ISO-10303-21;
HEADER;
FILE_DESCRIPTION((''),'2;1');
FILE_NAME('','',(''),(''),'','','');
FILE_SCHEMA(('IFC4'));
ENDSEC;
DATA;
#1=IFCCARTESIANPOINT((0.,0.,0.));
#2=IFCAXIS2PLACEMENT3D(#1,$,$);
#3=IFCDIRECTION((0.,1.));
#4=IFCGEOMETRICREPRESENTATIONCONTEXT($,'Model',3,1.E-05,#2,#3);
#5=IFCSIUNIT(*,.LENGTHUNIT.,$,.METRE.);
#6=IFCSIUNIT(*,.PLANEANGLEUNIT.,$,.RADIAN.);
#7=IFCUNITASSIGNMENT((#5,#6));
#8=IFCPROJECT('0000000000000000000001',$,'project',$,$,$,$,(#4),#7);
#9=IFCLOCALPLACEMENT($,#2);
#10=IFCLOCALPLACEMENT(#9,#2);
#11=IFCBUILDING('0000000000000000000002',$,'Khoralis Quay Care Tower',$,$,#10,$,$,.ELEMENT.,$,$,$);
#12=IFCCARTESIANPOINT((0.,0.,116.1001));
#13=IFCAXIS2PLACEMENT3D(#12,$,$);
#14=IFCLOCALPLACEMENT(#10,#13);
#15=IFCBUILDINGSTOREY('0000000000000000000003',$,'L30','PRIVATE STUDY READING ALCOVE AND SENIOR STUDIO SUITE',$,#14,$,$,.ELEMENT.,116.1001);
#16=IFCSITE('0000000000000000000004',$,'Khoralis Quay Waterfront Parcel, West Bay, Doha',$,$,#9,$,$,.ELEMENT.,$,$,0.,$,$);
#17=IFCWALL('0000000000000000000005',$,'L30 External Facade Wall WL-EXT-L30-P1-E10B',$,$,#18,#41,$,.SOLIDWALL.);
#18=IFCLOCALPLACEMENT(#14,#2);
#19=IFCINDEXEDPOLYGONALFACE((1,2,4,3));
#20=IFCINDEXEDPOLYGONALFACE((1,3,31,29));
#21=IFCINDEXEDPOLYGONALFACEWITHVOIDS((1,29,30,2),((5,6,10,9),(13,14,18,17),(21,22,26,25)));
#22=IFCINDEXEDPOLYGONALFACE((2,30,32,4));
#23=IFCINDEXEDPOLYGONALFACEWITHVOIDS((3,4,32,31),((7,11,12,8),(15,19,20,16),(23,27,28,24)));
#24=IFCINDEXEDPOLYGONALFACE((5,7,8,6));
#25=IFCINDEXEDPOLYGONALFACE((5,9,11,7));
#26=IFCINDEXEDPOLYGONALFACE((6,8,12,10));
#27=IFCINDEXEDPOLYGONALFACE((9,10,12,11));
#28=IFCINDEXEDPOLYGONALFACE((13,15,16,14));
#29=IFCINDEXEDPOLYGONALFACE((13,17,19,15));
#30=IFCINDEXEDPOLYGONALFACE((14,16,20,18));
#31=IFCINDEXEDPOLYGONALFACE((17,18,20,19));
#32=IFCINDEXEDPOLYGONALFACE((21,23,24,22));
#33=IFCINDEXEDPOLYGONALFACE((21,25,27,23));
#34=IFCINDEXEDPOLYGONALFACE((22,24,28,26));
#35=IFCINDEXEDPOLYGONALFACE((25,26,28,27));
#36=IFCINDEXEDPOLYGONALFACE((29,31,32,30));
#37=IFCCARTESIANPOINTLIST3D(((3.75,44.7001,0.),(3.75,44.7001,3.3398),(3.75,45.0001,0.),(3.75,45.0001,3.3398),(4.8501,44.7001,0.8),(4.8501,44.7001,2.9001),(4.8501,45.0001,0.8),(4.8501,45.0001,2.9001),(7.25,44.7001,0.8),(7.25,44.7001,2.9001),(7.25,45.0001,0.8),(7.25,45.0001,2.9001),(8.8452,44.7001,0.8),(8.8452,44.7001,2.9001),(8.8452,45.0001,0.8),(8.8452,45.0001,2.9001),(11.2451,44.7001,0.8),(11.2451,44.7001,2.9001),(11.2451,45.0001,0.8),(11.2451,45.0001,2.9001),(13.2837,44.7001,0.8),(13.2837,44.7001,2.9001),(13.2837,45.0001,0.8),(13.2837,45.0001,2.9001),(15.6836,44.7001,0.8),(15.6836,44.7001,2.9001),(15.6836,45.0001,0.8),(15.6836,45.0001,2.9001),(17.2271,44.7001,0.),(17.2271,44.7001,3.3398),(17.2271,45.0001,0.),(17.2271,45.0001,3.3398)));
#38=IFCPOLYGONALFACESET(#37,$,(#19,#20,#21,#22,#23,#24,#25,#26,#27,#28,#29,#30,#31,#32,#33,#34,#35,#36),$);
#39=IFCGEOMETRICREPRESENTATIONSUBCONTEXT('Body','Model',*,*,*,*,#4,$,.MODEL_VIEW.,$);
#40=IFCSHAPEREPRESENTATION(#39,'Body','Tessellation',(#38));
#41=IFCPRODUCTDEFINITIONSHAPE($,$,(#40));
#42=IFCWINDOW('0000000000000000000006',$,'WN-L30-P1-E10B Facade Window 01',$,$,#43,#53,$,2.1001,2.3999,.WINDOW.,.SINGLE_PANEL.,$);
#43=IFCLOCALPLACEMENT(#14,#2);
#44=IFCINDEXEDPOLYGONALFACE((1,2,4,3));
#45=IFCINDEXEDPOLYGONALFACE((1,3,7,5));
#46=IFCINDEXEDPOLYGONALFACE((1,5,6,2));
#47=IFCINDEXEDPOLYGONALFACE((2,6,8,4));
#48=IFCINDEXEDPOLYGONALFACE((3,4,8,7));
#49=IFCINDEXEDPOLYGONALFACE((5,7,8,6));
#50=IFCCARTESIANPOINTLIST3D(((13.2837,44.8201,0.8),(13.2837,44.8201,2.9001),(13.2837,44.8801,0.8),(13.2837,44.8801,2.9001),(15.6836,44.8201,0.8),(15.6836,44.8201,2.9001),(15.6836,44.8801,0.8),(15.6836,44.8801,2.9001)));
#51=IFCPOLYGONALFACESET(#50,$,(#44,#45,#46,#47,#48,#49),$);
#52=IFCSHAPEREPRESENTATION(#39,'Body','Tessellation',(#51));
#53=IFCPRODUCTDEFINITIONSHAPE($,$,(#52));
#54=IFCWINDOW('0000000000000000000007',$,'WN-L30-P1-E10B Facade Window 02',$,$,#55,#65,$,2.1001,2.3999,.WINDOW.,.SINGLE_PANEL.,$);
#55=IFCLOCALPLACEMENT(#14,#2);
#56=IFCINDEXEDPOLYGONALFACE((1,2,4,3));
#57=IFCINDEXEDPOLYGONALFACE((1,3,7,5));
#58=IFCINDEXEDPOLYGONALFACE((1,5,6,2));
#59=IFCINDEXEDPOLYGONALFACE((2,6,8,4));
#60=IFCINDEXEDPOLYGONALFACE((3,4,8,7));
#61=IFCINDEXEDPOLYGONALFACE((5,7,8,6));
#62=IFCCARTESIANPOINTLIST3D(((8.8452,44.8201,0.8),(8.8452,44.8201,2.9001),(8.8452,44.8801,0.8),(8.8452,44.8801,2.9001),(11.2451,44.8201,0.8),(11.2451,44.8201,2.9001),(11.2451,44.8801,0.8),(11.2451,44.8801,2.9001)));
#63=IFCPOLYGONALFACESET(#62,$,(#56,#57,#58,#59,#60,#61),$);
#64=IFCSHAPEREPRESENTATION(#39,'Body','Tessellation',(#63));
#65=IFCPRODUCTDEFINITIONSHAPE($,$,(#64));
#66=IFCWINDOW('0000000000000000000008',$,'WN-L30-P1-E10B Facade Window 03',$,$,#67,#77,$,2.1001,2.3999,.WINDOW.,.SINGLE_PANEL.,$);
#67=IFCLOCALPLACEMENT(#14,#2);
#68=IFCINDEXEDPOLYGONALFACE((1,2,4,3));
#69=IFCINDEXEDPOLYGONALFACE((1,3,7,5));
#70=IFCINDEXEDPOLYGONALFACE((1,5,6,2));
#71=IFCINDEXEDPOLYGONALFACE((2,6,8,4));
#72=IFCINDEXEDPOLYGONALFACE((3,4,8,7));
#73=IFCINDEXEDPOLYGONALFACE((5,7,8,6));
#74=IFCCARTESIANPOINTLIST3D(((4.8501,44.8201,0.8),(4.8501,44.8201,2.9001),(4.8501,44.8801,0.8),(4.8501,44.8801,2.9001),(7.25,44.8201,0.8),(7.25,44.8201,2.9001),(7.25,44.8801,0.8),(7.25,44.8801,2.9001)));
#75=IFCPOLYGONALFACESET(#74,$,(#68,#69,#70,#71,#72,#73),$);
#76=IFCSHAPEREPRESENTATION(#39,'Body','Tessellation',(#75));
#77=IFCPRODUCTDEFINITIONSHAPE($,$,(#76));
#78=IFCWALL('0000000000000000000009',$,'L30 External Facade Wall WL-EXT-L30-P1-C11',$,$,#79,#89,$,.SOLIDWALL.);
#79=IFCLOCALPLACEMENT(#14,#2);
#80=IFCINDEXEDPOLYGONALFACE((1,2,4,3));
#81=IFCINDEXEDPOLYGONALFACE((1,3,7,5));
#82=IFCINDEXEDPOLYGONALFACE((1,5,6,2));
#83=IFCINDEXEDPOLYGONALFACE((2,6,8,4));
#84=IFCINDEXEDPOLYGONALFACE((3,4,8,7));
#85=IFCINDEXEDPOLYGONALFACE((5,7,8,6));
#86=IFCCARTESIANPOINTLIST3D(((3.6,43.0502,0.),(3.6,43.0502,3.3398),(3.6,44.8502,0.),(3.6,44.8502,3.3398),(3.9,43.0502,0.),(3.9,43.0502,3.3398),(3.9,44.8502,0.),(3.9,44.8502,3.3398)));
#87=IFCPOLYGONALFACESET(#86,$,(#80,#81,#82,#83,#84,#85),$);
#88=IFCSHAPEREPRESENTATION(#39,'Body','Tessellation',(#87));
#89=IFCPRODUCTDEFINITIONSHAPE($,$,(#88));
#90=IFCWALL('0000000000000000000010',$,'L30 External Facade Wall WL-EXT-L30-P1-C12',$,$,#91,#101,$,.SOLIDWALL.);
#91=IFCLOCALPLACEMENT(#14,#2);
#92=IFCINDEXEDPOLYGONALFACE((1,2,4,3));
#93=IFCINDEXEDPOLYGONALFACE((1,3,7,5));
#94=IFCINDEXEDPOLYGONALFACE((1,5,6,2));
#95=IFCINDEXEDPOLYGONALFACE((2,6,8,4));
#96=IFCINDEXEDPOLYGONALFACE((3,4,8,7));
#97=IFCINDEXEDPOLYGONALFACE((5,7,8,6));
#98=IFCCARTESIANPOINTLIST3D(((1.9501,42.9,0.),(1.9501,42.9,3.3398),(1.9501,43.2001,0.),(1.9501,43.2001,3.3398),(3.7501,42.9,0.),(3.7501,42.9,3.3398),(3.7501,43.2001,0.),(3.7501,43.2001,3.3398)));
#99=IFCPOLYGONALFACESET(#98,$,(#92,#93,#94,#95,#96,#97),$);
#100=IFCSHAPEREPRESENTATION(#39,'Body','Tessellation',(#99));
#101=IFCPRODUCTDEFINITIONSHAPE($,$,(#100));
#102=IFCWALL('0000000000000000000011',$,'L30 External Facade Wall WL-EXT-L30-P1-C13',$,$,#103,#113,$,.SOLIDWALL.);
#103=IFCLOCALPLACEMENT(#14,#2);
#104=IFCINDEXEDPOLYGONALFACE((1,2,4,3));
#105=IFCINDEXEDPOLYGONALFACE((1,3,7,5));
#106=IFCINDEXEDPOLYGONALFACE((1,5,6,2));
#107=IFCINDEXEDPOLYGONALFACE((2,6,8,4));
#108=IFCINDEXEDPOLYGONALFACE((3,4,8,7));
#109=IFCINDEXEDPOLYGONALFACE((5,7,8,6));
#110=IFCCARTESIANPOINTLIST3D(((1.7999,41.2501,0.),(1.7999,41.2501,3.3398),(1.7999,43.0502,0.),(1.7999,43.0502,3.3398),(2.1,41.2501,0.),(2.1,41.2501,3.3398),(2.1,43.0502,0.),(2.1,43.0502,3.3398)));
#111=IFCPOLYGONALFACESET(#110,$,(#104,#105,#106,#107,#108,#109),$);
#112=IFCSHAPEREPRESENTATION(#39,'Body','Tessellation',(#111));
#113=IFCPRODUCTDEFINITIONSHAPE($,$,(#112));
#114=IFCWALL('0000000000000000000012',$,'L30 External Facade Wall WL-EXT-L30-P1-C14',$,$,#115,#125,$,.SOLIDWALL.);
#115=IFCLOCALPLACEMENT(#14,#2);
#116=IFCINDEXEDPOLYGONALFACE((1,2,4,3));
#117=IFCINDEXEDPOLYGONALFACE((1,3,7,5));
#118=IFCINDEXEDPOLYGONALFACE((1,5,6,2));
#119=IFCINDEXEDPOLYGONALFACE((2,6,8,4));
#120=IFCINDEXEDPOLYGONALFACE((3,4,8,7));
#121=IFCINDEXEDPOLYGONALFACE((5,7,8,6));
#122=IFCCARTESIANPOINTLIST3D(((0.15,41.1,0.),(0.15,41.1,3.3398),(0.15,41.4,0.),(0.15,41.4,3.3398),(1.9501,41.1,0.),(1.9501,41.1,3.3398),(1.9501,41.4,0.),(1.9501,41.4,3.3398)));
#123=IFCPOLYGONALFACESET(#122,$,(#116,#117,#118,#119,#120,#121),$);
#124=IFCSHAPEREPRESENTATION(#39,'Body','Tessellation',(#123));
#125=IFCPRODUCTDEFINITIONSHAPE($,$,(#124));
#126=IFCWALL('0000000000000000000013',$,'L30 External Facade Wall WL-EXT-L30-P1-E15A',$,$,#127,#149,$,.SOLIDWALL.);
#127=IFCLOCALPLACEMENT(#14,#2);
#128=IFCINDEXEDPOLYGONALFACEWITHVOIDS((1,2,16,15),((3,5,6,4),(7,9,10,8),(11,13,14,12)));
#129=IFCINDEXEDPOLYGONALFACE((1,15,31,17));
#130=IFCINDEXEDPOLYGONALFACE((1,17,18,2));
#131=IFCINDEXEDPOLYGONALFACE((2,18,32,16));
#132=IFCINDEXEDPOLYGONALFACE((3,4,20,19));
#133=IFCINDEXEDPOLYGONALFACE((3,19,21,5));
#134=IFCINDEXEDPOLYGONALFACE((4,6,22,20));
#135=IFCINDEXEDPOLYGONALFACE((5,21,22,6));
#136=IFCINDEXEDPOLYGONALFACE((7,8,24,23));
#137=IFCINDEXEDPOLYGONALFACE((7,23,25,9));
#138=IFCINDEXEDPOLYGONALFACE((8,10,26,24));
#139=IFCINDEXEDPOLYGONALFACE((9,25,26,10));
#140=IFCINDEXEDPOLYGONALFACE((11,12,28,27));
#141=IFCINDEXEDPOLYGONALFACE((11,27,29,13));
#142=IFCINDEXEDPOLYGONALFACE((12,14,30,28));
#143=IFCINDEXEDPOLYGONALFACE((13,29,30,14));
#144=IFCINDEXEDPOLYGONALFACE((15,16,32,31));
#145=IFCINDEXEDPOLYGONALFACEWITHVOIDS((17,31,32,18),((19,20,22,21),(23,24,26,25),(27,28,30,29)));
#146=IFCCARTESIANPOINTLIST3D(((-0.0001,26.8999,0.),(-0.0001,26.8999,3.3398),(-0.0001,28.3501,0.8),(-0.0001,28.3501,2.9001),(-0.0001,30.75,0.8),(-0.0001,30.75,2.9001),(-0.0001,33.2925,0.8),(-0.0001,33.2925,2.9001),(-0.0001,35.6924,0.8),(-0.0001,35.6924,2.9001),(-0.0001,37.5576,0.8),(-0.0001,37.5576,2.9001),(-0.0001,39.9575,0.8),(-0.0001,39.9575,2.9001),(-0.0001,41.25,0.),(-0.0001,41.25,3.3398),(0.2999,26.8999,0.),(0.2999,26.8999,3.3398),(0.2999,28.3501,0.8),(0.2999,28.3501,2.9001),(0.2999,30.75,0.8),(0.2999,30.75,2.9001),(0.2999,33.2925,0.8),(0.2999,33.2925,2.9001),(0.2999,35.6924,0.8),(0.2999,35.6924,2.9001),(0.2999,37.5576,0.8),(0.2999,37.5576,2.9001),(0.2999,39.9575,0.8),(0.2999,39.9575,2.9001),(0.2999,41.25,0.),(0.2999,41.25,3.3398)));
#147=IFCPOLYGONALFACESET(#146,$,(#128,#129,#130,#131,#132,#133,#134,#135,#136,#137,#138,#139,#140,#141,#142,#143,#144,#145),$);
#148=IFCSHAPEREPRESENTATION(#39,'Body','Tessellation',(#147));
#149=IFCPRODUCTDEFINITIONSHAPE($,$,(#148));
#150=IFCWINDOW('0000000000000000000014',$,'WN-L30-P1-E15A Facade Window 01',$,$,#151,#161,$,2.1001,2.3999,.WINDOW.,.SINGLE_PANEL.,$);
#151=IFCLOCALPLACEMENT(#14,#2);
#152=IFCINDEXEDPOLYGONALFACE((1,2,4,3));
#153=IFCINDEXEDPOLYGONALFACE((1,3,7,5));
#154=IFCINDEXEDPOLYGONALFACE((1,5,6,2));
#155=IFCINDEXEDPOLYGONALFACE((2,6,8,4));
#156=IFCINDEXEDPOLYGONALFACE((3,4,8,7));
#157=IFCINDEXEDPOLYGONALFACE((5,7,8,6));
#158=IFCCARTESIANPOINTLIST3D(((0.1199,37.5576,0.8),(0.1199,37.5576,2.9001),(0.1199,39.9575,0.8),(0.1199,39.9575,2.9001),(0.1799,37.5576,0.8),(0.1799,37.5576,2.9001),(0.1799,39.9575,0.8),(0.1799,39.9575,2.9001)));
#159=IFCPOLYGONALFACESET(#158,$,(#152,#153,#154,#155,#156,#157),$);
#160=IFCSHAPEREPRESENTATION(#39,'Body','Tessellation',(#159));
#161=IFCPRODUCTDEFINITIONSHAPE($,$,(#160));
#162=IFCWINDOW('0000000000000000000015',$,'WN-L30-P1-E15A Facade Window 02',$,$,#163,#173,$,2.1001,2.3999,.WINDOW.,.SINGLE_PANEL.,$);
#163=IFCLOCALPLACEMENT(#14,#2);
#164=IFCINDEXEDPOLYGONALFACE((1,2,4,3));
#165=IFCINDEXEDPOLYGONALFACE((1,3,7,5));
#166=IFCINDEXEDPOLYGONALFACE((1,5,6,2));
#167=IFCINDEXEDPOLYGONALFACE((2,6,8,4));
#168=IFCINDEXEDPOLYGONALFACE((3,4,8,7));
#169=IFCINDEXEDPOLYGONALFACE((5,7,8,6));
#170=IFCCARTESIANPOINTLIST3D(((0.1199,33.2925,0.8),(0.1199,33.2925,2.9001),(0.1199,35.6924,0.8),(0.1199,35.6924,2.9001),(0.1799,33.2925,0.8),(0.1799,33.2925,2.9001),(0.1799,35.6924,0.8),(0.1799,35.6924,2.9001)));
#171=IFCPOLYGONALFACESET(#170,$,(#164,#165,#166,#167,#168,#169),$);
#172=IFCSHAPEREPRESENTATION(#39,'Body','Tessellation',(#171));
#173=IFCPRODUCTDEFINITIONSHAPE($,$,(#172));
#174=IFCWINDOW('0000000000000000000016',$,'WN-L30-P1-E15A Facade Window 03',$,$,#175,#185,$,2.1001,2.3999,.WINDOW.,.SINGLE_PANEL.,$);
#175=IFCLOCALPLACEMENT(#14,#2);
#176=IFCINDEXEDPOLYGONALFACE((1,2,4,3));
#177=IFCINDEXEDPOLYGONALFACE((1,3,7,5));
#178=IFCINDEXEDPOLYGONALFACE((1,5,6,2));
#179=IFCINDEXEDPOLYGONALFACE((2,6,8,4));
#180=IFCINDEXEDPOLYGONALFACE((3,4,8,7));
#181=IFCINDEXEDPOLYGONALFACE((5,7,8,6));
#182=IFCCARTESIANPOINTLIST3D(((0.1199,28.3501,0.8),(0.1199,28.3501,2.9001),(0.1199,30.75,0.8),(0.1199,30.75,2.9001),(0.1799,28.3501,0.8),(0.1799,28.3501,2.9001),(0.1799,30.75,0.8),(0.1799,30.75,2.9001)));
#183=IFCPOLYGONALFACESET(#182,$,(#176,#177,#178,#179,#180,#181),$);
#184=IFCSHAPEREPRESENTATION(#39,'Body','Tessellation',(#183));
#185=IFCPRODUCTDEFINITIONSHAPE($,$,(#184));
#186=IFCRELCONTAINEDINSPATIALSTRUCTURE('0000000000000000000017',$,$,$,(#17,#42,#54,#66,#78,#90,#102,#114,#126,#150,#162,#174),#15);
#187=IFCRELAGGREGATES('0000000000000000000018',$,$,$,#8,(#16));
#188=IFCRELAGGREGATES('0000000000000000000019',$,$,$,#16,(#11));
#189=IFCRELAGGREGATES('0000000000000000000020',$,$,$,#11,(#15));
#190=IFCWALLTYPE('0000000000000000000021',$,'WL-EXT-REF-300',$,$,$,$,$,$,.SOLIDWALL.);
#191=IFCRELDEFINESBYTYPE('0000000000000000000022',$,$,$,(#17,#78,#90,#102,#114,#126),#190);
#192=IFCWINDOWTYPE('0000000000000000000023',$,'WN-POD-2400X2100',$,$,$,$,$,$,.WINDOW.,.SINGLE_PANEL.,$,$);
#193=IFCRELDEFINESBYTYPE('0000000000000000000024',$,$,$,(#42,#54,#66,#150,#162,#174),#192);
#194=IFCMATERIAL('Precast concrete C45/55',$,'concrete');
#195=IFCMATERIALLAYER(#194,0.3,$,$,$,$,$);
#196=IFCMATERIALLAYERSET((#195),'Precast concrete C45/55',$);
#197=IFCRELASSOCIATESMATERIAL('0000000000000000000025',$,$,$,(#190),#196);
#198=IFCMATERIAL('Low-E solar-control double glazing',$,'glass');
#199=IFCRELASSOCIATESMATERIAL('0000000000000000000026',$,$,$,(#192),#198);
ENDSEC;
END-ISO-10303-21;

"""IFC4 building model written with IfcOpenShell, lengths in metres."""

from ifc_helpers import new_model, si_unit, direction, frame, frame_2d, origin, place, context, subcontext, project, spatial, rectangle, extrude, source, transform, mapped, material, layer, layer_set, type_object, element, fill, save


model = new_model("IFC4")

# Units and contexts
model_context = context("Model", 3, precision=1e-05, world=origin(), true_north=direction((0.0, 1.0)))
body_context = subcontext(model_context, "Body", "Model", "MODEL_VIEW")
ifc_project = project(units=[si_unit("LENGTHUNIT", "METRE"), si_unit("PLANEANGLEUNIT", "RADIAN")], contexts=[model_context])

# Site, building, storey
site_placement = place(None, origin())
site = spatial("IfcSite", under=ifc_project, at=site_placement, Name="Khoralis Quay Waterfront Parcel, West Bay, Doha", CompositionType="ELEMENT", RefElevation=0.0)
building_placement = place(site_placement, origin())
building = spatial("IfcBuilding", under=site, at=building_placement, Name="Khoralis Quay Care Tower", CompositionType="ELEMENT")
storey_placement = place(building_placement, frame((0.0, 0.0, 116.1001)))
storey = spatial("IfcBuildingStorey", under=building, at=storey_placement, Name="L30", Description="PRIVATE STUDY READING ALCOVE AND SENIOR STUDIO SUITE", CompositionType="ELEMENT", Elevation=116.1001)

# Wall, openings, windows
ifc_material_1 = material(Name="Precast concrete C45/55", Category="concrete")
ifc_layer_1 = layer(ifc_material_1, 0.3)
ifc_layer_set_1 = layer_set([ifc_layer_1], Name="Precast concrete C45/55")
wall_type_1 = type_object("IfcWallType", Name="WL-EXT-REF-300", PredefinedType="SOLIDWALL", material=ifc_layer_set_1)
wall_1_placement = place(storey_placement, frame((17.2271, 44.8501, 0.0), z_axis=(0.0, 0.0, 1.0), x_axis=(-1.0, 0.0, 0.0)))
wall_1 = element("IfcWall", 1, at=wall_1_placement, inside=storey, type_object=wall_type_1, Name="L30 External Facade Wall WL-EXT-L30-P1-E10B", PredefinedType="SOLIDWALL", context=body_context, shape_type="SweptSolid", body=[
    extrude(rectangle(XDim=13.4771, YDim=0.3, at=frame_2d((6.7385, 0.0))), origin(), (0.0, 0.0, 1.0), 3.3398),
])
opening_1_placement = place(wall_1_placement, frame((1.5435, 0.0, 0.8)))
opening_1 = element("IfcOpeningElement", 2, at=opening_1_placement, cuts=wall_1, PredefinedType="OPENING", context=body_context, shape_type="SweptSolid", body=[
    extrude(rectangle(XDim=2.3999, YDim=2.1001, at=frame_2d((1.2, 1.05))), frame((0.0, 0.1602, 0.0), z_axis=(0.0, -1.0, 0.0), x_axis=(1.0, 0.0, 0.0)), (0.0, 0.0, 1.0), 0.3201),
])
opening_2_placement = place(wall_1_placement, frame((5.9819, 0.0, 0.8)))
opening_2 = element("IfcOpeningElement", 3, at=opening_2_placement, cuts=wall_1, PredefinedType="OPENING", context=body_context, shape_type="SweptSolid", body=[
    extrude(rectangle(XDim=2.3999, YDim=2.1001, at=frame_2d((1.2, 1.05))), frame((0.0, 0.1602, 0.0), z_axis=(0.0, -1.0, 0.0), x_axis=(1.0, 0.0, 0.0)), (0.0, 0.0, 1.0), 0.3201),
])
opening_3_placement = place(wall_1_placement, frame((9.9771, 0.0, 0.8)))
opening_3 = element("IfcOpeningElement", 4, at=opening_3_placement, cuts=wall_1, PredefinedType="OPENING", context=body_context, shape_type="SweptSolid", body=[
    extrude(rectangle(XDim=2.3999, YDim=2.1001, at=frame_2d((1.2, 1.05))), frame((0.0, 0.1602, 0.0), z_axis=(0.0, -1.0, 0.0), x_axis=(1.0, 0.0, 0.0)), (0.0, 0.0, 1.0), 0.3201),
])
ifc_material_2 = material(Name="Low-E solar-control double glazing", Category="glass")
window_type = type_object("IfcWindowType", Name="WN-POD-2400X2100", PartitioningType="SINGLE_PANEL", PredefinedType="WINDOW", material=ifc_material_2)
shared_shape_1 = source(origin(), body_context, "Body", "SweptSolid", [
    extrude(rectangle(XDim=2.3999, YDim=2.1001, at=frame_2d((1.2, 1.05))), frame((0.0, 0.03, 0.0), z_axis=(0.0, -1.0, 0.0), x_axis=(1.0, 0.0, 0.0)), (0.0, 0.0, 1.0), 0.0601),
])
window_1_placement = place(opening_1_placement, origin())
window_1 = element("IfcWindow", 5, at=window_1_placement, inside=storey, type_object=window_type, Name="WN-L30-P1-E10B Facade Window 01", OverallHeight=2.1001, OverallWidth=2.3999, PartitioningType="SINGLE_PANEL", PredefinedType="WINDOW", context=body_context, shape_type="MappedRepresentation", body=[
    mapped(shared_shape_1, transform((0.0, 0.0, 0.0), scale=1.0)),
])
fill(opening_1, window_1)
window_2_placement = place(opening_2_placement, origin())
window_2 = element("IfcWindow", 6, at=window_2_placement, inside=storey, type_object=window_type, Name="WN-L30-P1-E10B Facade Window 02", OverallHeight=2.1001, OverallWidth=2.3999, PartitioningType="SINGLE_PANEL", PredefinedType="WINDOW", context=body_context, shape_type="MappedRepresentation", body=[
    mapped(shared_shape_1, transform((0.0, 0.0, 0.0), scale=1.0)),
])
fill(opening_2, window_2)
window_3_placement = place(opening_3_placement, origin())
window_3 = element("IfcWindow", 7, at=window_3_placement, inside=storey, type_object=window_type, Name="WN-L30-P1-E10B Facade Window 03", OverallHeight=2.1001, OverallWidth=2.3999, PartitioningType="SINGLE_PANEL", PredefinedType="WINDOW", context=body_context, shape_type="MappedRepresentation", body=[
    mapped(shared_shape_1, transform((0.0, 0.0, 0.0), scale=1.0)),
])
fill(opening_3, window_3)

# Walls
for number, where, z_axis, x_axis, name in (
    (8, (3.75, 44.8501, 0.0), (0.0, 0.0, 1.0), (0.0, -1.0, 0.0), "L30 External Facade Wall WL-EXT-L30-P1-C11"),
    (9, (3.75, 43.05, 0.0), (0.0, 0.0, 1.0), (-1.0, 0.0, 0.0), "L30 External Facade Wall WL-EXT-L30-P1-C12"),
    (10, (1.95, 43.05, 0.0), (0.0, 0.0, 1.0), (0.0, -1.0, 0.0), "L30 External Facade Wall WL-EXT-L30-P1-C13"),
    (11, (1.95, 41.25, 0.0), (0.0, 0.0, 1.0), (-1.0, 0.0, 0.0), "L30 External Facade Wall WL-EXT-L30-P1-C14"),
):
    element("IfcWall", number, at=place(storey_placement, frame(where, z_axis=z_axis, x_axis=x_axis)), inside=storey, type_object=wall_type_1, Name=name, PredefinedType="SOLIDWALL", context=body_context, shape_type="SweptSolid", body=[
        extrude(rectangle(XDim=1.8, YDim=0.3, at=frame_2d((0.8999, 0.0))), origin(), (0.0, 0.0, 1.0), 3.3398),
    ])

# Wall, openings, windows
wall_2_placement = place(storey_placement, frame((0.1499, 41.25, 0.0), z_axis=(0.0, 0.0, 1.0), x_axis=(0.0, -1.0, 0.0)))
wall_2 = element("IfcWall", 12, at=wall_2_placement, inside=storey, type_object=wall_type_1, Name="L30 External Facade Wall WL-EXT-L30-P1-E15A", PredefinedType="SOLIDWALL", context=body_context, shape_type="SweptSolid", body=[
    extrude(rectangle(XDim=14.3501, YDim=0.3, at=frame_2d((7.175, 0.0))), origin(), (0.0, 0.0, 1.0), 3.3398),
])
opening_4_placement = place(wall_2_placement, frame((1.2925, 0.0, 0.8)))
opening_4 = element("IfcOpeningElement", 13, at=opening_4_placement, cuts=wall_2, PredefinedType="OPENING", context=body_context, shape_type="SweptSolid", body=[
    extrude(rectangle(XDim=2.3999, YDim=2.1001, at=frame_2d((1.2, 1.05))), frame((0.0, 0.1602, 0.0), z_axis=(0.0, -1.0, 0.0), x_axis=(1.0, 0.0, 0.0)), (0.0, 0.0, 1.0), 0.3201),
])
opening_5_placement = place(wall_2_placement, frame((5.5576, 0.0, 0.8)))
opening_5 = element("IfcOpeningElement", 14, at=opening_5_placement, cuts=wall_2, PredefinedType="OPENING", context=body_context, shape_type="SweptSolid", body=[
    extrude(rectangle(XDim=2.3999, YDim=2.1001, at=frame_2d((1.2, 1.05))), frame((0.0, 0.1602, 0.0), z_axis=(0.0, -1.0, 0.0), x_axis=(1.0, 0.0, 0.0)), (0.0, 0.0, 1.0), 0.3201),
])
opening_6_placement = place(wall_2_placement, frame((10.5, 0.0, 0.8)))
opening_6 = element("IfcOpeningElement", 15, at=opening_6_placement, cuts=wall_2, PredefinedType="OPENING", context=body_context, shape_type="SweptSolid", body=[
    extrude(rectangle(XDim=2.3999, YDim=2.1001, at=frame_2d((1.2, 1.05))), frame((0.0, 0.1602, 0.0), z_axis=(0.0, -1.0, 0.0), x_axis=(1.0, 0.0, 0.0)), (0.0, 0.0, 1.0), 0.3201),
])
window_4_placement = place(opening_4_placement, origin())
window_4 = element("IfcWindow", 16, at=window_4_placement, inside=storey, type_object=window_type, Name="WN-L30-P1-E15A Facade Window 01", OverallHeight=2.1001, OverallWidth=2.3999, PartitioningType="SINGLE_PANEL", PredefinedType="WINDOW", context=body_context, shape_type="MappedRepresentation", body=[
    mapped(shared_shape_1, transform((0.0, 0.0, 0.0), scale=1.0)),
])
fill(opening_4, window_4)
window_5_placement = place(opening_5_placement, origin())
window_5 = element("IfcWindow", 17, at=window_5_placement, inside=storey, type_object=window_type, Name="WN-L30-P1-E15A Facade Window 02", OverallHeight=2.1001, OverallWidth=2.3999, PartitioningType="SINGLE_PANEL", PredefinedType="WINDOW", context=body_context, shape_type="MappedRepresentation", body=[
    mapped(shared_shape_1, transform((0.0, 0.0, 0.0), scale=1.0)),
])
fill(opening_5, window_5)
window_6_placement = place(opening_6_placement, origin())
window_6 = element("IfcWindow", 18, at=window_6_placement, inside=storey, type_object=window_type, Name="WN-L30-P1-E15A Facade Window 03", OverallHeight=2.1001, OverallWidth=2.3999, PartitioningType="SINGLE_PANEL", PredefinedType="WINDOW", context=body_context, shape_type="MappedRepresentation", body=[
    mapped(shared_shape_1, transform((0.0, 0.0, 0.0), scale=1.0)),
])
fill(opening_6, window_6)

save(model, "model.ifc")
